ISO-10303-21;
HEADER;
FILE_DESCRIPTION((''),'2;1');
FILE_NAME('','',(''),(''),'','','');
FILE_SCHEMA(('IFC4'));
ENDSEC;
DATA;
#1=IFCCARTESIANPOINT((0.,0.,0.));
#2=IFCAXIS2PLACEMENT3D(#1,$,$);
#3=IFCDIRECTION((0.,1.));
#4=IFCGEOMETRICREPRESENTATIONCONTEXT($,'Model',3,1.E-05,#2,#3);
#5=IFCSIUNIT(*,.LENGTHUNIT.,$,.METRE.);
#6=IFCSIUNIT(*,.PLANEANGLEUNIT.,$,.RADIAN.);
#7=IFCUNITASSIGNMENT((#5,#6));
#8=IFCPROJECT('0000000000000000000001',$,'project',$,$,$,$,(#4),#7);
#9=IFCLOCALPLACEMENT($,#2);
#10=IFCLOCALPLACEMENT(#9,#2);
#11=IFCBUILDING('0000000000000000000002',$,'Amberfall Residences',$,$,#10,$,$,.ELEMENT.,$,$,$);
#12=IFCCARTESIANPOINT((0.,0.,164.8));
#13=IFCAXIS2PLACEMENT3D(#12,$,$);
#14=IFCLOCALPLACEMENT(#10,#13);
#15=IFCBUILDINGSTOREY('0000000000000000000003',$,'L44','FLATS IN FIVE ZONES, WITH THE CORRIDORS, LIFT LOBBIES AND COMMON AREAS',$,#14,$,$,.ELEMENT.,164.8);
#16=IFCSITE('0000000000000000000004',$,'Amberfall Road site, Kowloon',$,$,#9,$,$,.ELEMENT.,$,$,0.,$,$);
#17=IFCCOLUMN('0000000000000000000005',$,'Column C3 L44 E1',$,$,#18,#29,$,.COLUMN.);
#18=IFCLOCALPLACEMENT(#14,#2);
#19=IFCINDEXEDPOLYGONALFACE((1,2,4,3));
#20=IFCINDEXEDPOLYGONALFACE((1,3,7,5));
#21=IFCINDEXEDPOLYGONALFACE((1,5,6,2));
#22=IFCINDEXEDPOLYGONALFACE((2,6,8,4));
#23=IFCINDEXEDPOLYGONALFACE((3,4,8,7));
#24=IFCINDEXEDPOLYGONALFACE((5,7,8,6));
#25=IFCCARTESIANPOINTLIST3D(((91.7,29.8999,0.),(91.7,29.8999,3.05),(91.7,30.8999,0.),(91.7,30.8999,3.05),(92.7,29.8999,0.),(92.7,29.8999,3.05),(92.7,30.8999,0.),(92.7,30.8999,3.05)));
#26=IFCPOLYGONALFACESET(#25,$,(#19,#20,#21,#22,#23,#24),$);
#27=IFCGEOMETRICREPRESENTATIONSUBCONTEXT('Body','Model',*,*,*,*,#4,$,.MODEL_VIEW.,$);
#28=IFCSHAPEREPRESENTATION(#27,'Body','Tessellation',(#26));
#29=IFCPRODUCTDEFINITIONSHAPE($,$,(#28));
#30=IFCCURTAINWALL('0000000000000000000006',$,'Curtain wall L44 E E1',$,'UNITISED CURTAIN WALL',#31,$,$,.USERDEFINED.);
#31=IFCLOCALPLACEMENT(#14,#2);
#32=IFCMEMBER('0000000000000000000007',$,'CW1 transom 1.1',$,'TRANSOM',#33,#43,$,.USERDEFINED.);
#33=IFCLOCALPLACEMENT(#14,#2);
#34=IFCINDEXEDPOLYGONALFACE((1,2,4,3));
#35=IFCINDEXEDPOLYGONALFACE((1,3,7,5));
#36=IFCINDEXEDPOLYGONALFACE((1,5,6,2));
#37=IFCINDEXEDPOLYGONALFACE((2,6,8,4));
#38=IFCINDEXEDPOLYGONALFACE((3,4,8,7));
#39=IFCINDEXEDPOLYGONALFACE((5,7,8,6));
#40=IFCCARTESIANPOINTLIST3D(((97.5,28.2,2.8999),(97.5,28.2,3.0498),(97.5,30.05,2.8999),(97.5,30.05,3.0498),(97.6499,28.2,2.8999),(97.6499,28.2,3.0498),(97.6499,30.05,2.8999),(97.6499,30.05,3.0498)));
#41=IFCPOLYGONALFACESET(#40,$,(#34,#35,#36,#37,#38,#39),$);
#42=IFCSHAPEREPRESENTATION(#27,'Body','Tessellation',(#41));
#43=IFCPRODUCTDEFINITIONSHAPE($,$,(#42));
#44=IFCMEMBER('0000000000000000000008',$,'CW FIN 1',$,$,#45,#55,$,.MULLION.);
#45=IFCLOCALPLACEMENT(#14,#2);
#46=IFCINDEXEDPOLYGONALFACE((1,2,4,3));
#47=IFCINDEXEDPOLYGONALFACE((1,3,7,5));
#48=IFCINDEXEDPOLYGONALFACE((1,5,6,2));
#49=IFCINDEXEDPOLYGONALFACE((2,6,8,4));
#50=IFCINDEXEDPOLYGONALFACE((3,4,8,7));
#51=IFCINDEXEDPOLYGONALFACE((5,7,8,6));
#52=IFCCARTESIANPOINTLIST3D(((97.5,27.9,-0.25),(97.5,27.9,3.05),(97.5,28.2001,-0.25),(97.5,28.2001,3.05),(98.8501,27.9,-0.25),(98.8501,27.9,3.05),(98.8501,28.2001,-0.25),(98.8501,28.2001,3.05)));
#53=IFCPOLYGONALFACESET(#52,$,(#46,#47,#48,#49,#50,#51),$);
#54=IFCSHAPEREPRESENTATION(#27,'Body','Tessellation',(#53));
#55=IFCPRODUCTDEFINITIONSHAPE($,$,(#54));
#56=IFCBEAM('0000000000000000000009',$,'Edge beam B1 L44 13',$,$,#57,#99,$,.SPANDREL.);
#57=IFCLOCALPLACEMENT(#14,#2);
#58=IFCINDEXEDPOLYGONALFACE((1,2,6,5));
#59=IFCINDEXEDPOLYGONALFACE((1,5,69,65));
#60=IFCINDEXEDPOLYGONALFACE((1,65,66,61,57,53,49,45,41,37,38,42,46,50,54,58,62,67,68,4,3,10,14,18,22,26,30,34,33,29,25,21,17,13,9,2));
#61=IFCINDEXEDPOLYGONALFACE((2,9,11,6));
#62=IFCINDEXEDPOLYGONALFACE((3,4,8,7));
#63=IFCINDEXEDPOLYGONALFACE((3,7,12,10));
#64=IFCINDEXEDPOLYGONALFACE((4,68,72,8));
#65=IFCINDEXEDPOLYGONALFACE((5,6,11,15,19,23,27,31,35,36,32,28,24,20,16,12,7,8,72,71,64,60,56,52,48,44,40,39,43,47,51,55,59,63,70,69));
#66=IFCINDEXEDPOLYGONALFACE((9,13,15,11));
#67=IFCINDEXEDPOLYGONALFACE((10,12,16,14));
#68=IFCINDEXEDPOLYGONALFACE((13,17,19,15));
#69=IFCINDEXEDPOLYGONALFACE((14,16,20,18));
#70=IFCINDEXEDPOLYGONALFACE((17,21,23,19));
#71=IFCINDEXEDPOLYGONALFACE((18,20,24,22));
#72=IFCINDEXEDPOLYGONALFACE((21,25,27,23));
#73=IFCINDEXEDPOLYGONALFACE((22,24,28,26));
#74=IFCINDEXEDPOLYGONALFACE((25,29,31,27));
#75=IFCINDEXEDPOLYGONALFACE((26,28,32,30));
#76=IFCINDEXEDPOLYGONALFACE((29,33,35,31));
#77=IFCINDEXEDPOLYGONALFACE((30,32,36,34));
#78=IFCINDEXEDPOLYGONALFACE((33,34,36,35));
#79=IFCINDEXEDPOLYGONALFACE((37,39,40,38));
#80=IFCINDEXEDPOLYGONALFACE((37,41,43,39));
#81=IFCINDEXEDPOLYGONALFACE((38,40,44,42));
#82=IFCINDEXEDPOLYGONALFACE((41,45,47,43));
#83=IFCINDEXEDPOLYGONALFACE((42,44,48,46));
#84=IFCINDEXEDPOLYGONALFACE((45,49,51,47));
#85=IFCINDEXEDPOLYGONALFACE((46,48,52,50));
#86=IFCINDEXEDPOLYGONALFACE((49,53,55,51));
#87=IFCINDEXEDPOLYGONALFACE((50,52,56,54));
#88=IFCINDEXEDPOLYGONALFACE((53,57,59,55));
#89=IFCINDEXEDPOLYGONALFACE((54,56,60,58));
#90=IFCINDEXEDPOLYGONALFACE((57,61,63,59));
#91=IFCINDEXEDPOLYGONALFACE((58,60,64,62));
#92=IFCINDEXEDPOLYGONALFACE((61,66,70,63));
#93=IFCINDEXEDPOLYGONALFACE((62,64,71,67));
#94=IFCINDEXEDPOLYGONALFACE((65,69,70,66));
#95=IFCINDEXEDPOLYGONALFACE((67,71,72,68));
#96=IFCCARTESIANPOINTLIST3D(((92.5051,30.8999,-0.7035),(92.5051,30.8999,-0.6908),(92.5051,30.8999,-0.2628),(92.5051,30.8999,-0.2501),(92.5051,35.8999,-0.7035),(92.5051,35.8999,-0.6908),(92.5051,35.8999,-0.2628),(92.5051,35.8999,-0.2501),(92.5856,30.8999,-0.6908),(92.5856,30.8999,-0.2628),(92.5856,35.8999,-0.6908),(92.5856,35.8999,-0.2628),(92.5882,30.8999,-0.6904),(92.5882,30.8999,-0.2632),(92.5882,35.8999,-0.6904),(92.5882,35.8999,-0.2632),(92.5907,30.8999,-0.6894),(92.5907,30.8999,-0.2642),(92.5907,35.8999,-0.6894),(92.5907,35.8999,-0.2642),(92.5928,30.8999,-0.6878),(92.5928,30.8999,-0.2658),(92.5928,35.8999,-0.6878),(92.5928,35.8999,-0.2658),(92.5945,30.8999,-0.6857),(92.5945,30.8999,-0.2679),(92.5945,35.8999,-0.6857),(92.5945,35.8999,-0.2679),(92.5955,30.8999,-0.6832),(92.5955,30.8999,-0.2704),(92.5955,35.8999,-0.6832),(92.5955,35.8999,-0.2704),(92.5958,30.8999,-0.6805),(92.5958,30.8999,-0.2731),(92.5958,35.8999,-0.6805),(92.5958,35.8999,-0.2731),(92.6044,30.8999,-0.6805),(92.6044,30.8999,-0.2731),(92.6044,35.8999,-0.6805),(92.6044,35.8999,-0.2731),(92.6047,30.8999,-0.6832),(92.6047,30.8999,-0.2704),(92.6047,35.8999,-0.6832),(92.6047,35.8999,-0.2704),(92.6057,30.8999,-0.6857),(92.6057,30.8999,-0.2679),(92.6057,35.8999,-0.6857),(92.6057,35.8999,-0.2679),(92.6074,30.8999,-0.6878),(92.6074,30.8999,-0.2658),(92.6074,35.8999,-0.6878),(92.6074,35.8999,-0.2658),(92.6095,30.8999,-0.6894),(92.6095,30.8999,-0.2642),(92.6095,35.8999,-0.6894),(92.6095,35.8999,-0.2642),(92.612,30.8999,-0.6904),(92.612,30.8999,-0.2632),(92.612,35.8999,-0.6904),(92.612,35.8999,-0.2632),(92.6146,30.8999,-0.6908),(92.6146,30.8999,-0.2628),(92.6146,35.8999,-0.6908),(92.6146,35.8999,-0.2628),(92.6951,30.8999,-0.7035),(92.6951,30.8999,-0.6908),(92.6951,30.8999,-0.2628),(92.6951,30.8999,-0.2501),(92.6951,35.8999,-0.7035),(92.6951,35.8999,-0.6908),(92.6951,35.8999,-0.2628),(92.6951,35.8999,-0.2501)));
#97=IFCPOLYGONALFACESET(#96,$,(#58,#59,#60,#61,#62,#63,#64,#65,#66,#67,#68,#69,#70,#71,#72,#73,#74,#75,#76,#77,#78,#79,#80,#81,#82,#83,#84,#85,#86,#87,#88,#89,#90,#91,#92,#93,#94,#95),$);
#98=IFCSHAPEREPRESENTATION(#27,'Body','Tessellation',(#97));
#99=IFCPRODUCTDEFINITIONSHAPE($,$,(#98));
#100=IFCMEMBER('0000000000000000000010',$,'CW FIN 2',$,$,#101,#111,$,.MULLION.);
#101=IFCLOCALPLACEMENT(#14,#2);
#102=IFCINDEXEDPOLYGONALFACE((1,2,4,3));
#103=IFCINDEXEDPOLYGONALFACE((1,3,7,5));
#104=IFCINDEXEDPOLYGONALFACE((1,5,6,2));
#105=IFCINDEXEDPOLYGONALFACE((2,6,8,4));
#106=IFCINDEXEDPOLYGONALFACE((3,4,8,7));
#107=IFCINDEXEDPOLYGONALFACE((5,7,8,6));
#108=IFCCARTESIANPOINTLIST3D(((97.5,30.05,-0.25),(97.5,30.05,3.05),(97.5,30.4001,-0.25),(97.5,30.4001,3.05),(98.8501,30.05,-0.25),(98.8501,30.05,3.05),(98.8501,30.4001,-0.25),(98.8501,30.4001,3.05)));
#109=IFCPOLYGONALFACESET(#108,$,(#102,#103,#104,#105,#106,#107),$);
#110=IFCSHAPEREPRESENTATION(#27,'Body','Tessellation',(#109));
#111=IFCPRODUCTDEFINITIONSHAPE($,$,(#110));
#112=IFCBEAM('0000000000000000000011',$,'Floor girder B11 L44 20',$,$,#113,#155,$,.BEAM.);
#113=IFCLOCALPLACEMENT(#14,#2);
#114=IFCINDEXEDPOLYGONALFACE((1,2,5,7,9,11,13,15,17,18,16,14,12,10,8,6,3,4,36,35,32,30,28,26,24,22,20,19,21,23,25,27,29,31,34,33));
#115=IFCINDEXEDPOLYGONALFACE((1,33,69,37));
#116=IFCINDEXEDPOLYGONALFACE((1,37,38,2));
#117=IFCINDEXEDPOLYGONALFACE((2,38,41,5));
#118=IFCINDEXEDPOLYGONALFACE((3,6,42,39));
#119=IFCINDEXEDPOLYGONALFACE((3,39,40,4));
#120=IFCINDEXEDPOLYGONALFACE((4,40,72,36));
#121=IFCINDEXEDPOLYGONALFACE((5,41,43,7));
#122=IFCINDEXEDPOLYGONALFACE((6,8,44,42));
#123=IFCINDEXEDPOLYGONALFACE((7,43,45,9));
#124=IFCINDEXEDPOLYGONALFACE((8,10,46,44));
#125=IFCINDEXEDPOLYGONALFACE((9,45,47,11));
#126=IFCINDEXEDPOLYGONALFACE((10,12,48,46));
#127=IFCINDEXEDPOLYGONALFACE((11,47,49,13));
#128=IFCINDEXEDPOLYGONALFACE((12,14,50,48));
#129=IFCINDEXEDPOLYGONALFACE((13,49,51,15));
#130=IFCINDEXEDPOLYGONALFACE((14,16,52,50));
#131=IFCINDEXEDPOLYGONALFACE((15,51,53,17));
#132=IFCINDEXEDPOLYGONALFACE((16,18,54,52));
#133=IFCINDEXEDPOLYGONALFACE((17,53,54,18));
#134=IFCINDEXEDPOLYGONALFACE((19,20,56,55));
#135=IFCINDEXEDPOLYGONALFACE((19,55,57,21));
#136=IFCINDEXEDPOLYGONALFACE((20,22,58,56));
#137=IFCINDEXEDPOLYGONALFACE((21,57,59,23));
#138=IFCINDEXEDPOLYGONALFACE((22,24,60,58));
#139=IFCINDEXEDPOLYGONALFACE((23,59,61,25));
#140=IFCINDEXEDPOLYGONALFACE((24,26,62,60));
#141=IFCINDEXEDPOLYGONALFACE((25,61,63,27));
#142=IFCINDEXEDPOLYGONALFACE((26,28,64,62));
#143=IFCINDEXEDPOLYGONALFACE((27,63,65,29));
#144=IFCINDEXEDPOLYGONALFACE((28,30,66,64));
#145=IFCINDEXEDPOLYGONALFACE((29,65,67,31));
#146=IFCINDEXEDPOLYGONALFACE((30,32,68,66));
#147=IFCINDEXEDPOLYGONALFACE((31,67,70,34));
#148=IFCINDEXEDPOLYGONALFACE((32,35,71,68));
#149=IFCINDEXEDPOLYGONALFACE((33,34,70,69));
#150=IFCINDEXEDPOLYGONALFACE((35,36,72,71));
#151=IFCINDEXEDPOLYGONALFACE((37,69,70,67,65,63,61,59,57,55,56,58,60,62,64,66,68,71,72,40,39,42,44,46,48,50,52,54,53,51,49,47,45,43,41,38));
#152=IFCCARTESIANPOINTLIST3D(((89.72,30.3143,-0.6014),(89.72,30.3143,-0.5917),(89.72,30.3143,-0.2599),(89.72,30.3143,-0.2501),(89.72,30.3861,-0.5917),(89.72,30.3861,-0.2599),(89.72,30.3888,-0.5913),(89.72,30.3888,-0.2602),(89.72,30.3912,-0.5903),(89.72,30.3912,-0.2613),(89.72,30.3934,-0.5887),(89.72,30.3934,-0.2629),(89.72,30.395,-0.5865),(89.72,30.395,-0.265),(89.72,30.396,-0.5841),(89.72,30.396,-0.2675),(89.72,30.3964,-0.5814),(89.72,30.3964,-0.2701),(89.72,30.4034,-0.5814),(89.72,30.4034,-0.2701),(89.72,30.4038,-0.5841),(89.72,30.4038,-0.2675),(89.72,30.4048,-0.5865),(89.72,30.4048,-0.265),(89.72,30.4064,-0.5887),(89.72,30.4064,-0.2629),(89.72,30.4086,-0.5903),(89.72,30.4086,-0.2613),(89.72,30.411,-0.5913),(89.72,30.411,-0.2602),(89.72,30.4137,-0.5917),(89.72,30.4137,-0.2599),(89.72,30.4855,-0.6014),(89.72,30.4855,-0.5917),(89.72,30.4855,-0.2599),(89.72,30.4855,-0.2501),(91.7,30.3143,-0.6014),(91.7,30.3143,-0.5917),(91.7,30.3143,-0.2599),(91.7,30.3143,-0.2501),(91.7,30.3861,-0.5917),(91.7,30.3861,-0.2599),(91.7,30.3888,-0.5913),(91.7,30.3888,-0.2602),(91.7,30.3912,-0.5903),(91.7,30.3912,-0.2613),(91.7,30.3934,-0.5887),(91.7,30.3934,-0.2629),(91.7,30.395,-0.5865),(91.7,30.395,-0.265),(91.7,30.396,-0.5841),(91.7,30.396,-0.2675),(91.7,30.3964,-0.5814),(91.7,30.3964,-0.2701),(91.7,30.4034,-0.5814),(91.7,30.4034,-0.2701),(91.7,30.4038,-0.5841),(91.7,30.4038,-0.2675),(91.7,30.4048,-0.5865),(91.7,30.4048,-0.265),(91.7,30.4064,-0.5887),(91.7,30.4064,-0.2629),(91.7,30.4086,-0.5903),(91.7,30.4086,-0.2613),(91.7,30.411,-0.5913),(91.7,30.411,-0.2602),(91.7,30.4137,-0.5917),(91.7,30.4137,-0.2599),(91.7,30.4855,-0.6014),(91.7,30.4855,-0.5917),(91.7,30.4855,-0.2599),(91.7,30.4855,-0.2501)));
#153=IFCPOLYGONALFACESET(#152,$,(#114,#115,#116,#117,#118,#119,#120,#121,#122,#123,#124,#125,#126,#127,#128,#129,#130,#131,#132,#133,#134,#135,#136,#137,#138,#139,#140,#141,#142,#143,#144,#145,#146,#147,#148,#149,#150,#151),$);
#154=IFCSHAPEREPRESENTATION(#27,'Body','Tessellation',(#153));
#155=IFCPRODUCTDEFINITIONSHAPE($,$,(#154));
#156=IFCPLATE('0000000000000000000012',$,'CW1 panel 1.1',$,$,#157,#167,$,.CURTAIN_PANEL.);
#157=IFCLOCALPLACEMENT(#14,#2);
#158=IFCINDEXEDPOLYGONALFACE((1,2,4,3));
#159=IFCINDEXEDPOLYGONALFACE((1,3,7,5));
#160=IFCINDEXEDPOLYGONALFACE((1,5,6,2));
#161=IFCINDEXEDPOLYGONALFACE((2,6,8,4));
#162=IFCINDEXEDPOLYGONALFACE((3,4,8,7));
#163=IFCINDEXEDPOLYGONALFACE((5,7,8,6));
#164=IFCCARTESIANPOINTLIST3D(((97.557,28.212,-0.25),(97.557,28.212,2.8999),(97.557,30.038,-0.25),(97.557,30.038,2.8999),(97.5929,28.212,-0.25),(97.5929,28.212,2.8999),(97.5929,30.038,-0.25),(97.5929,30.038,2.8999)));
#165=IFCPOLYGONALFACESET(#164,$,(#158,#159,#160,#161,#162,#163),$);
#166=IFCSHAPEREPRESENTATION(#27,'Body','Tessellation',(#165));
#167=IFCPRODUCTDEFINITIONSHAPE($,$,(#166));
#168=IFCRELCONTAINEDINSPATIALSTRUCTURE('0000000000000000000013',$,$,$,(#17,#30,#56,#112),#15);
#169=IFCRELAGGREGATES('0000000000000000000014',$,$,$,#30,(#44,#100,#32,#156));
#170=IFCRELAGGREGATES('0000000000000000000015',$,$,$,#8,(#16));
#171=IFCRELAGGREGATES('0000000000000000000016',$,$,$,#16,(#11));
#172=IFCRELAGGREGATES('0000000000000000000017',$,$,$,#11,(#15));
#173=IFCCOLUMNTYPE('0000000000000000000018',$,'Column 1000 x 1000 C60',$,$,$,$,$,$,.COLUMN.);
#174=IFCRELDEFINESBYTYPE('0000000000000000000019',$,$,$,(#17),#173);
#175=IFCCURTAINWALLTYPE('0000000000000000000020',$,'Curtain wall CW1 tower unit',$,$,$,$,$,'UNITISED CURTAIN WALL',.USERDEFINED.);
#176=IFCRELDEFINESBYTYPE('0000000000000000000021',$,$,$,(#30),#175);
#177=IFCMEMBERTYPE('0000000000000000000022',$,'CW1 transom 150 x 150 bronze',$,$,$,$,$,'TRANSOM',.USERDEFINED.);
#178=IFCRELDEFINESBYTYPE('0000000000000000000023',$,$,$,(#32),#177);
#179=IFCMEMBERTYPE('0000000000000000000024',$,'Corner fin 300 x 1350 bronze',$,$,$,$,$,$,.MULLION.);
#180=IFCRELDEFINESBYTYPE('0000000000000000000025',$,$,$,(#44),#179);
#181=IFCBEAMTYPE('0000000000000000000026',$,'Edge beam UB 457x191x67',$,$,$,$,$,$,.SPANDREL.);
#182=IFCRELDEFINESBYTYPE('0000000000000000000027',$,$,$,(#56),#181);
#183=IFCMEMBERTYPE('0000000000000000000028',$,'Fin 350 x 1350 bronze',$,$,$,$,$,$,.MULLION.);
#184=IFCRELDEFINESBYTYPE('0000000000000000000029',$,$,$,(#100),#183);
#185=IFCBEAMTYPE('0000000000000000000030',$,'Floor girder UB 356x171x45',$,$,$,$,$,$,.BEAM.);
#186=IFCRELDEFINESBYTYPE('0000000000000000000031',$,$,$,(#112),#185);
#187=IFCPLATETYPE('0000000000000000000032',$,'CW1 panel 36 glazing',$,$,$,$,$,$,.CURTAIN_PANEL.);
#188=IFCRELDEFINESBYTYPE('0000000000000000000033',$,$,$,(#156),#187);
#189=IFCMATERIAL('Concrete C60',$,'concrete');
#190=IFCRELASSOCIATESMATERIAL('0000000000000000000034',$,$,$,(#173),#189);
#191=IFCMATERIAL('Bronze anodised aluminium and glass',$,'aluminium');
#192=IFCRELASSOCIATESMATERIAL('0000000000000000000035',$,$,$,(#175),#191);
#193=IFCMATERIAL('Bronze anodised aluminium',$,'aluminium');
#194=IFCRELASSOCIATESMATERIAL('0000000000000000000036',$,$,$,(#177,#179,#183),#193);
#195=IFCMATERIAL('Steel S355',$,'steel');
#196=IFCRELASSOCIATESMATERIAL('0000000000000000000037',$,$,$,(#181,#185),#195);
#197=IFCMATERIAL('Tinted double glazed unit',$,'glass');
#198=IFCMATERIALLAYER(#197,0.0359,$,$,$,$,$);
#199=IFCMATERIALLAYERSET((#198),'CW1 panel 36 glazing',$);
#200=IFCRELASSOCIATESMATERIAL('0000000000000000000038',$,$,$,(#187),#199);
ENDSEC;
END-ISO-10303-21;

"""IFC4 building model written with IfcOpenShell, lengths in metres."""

from ifc_helpers import new_model, si_unit, direction, frame, origin, origin_2d, place, context, subcontext, project, spatial, rectangle, i_section, extrude, material, layer, layer_set, material_profile, profile_set, type_object, element, aggregate, save


model = new_model("IFC4")

# Units and contexts
model_context = context("Model", 3, precision=1e-05, world=origin(), true_north=direction((0.0, 1.0)))
body_context = subcontext(model_context, "Body", "Model", "MODEL_VIEW")
ifc_project = project(units=[si_unit("LENGTHUNIT", "METRE"), si_unit("PLANEANGLEUNIT", "RADIAN")], contexts=[model_context])

# Site, building, storey
site_placement = place(None, origin())
site = spatial("IfcSite", under=ifc_project, at=site_placement, Name="Amberfall Road site, Kowloon", CompositionType="ELEMENT", RefElevation=0.0)
building_placement = place(site_placement, origin())
building = spatial("IfcBuilding", under=site, at=building_placement, Name="Amberfall Residences", CompositionType="ELEMENT")
storey_placement = place(building_placement, frame((0.0, 0.0, 164.8)))
storey = spatial("IfcBuildingStorey", under=building, at=storey_placement, Name="L44", Description="FLATS IN FIVE ZONES, WITH THE CORRIDORS, LIFT LOBBIES AND COMMON AREAS", CompositionType="ELEMENT", Elevation=164.8)

# Column
ifc_material_1 = material(Name="Concrete C60", Category="concrete")
ifc_material_profile_1 = material_profile(ifc_material_1, rectangle(XDim=1.0, YDim=1.0, at=origin_2d()), Name="Column 1000 x 1000 C60")
ifc_profile_set_1 = profile_set([ifc_material_profile_1], Name="Concrete C60")
column_type = type_object("IfcColumnType", Name="Column 1000 x 1000 C60", PredefinedType="COLUMN", material=ifc_profile_set_1)
column_placement = place(storey_placement, frame((92.2, 30.3999, 0.0), z_axis=(0.0, 0.0, 1.0), x_axis=(1.0, 0.0, 0.0)))
element("IfcColumn", 1, at=column_placement, inside=storey, type_object=column_type, Name="Column C3 L44 E1", PredefinedType="COLUMN", context=body_context, shape_type="SweptSolid", body=[
    extrude(rectangle(XDim=1.0, YDim=1.0, at=origin_2d()), origin(), (0.0, 0.0, 1.0), 3.05),
])

# Curtain wall, members
ifc_material_2 = material(Name="Bronze anodised aluminium and glass", Category="aluminium")
curtain_wall_type = type_object("IfcCurtainWallType", Name="Curtain wall CW1 tower unit", ElementType="UNITISED CURTAIN WALL", PredefinedType="USERDEFINED", material=ifc_material_2)
curtain_wall_placement = place(storey_placement, origin())
curtain_wall = element("IfcCurtainWall", 2, at=curtain_wall_placement, inside=storey, type_object=curtain_wall_type, Name="Curtain wall L44 E E1", ObjectType="UNITISED CURTAIN WALL", PredefinedType="USERDEFINED")
ifc_material_3 = material(Name="Bronze anodised aluminium", Category="aluminium")
ifc_material_profile_2 = material_profile(ifc_material_3, rectangle(XDim=0.1499, YDim=0.1499, at=origin_2d()), Name="CW1 transom 150 x 150 bronze")
ifc_profile_set_2 = profile_set([ifc_material_profile_2], Name="Bronze anodised aluminium")
member_type_1 = type_object("IfcMemberType", Name="CW1 transom 150 x 150 bronze", ElementType="TRANSOM", PredefinedType="USERDEFINED", material=ifc_profile_set_2)
member_1_placement = place(storey_placement, frame((97.575, 28.2, 2.9749), z_axis=(0.0, 1.0, 0.0), x_axis=(-1.0, 0.0, 0.0)))
member_1 = element("IfcMember", 3, at=member_1_placement, type_object=member_type_1, Name="CW1 transom 1.1", ObjectType="TRANSOM", PredefinedType="USERDEFINED", context=body_context, shape_type="SweptSolid", body=[
    extrude(rectangle(XDim=0.1499, YDim=0.1499, at=origin_2d()), origin(), (0.0, 0.0, 1.0), 1.8501),
])
ifc_material_profile_3 = material_profile(ifc_material_3, rectangle(XDim=1.3501, YDim=0.3, at=origin_2d()), Name="Corner fin 300 x 1350 bronze")
ifc_profile_set_3 = profile_set([ifc_material_profile_3], Name="Bronze anodised aluminium")
member_type_2 = type_object("IfcMemberType", Name="Corner fin 300 x 1350 bronze", PredefinedType="MULLION", material=ifc_profile_set_3)
member_2_placement = place(storey_placement, frame((98.175, 28.05, -0.25), z_axis=(0.0, 0.0, 1.0), x_axis=(-1.0, 0.0, 0.0)))
member_2 = element("IfcMember", 4, at=member_2_placement, type_object=member_type_2, Name="CW FIN 1", PredefinedType="MULLION", context=body_context, shape_type="SweptSolid", body=[
    extrude(rectangle(XDim=1.3501, YDim=0.3, at=origin_2d()), origin(), (0.0, 0.0, 1.0), 3.3),
])

# Beam
ifc_material_4 = material(Name="Steel S355", Category="steel")
ifc_material_profile_4 = material_profile(ifc_material_4, i_section(OverallWidth=0.1899, OverallDepth=0.4534, WebThickness=0.0085, FlangeThickness=0.0127, FilletRadius=0.0103, at=origin_2d()), Name="UB 457x191x67")
ifc_profile_set_4 = profile_set([ifc_material_profile_4], Name="Steel S355")
beam_type_1 = type_object("IfcBeamType", Name="Edge beam UB 457x191x67", PredefinedType="SPANDREL", material=ifc_profile_set_4)
beam_1_placement = place(storey_placement, frame((92.6001, 30.8999, -0.4768), z_axis=(0.0, 1.0, 0.0), x_axis=(-1.0, 0.0, 0.0)))
element("IfcBeam", 5, at=beam_1_placement, inside=storey, type_object=beam_type_1, Name="Edge beam B1 L44 13", PredefinedType="SPANDREL", context=body_context, shape_type="SweptSolid", body=[
    extrude(i_section(OverallWidth=0.1899, OverallDepth=0.4534, WebThickness=0.0085, FlangeThickness=0.0127, FilletRadius=0.0103, at=origin_2d()), origin(), (0.0, 0.0, 1.0), 5.0),
])

# Member
ifc_material_profile_5 = material_profile(ifc_material_3, rectangle(XDim=1.3501, YDim=0.3501, at=origin_2d()), Name="Fin 350 x 1350 bronze")
ifc_profile_set_5 = profile_set([ifc_material_profile_5], Name="Bronze anodised aluminium")
member_type_3 = type_object("IfcMemberType", Name="Fin 350 x 1350 bronze", PredefinedType="MULLION", material=ifc_profile_set_5)
member_3_placement = place(storey_placement, frame((98.175, 30.2251, -0.25), z_axis=(0.0, 0.0, 1.0), x_axis=(-1.0, 0.0, 0.0)))
member_3 = element("IfcMember", 6, at=member_3_placement, type_object=member_type_3, Name="CW FIN 2", PredefinedType="MULLION", context=body_context, shape_type="SweptSolid", body=[
    extrude(rectangle(XDim=1.3501, YDim=0.3501, at=origin_2d()), origin(), (0.0, 0.0, 1.0), 3.3),
])

# Beam
ifc_material_profile_6 = material_profile(ifc_material_4, i_section(OverallWidth=0.1711, OverallDepth=0.3513, WebThickness=0.0071, FlangeThickness=0.0098, FilletRadius=0.0103, at=origin_2d()), Name="UB 356x171x45")
ifc_profile_set_6 = profile_set([ifc_material_profile_6], Name="Steel S355")
beam_type_2 = type_object("IfcBeamType", Name="Floor girder UB 356x171x45", PredefinedType="BEAM", material=ifc_profile_set_6)
beam_2_placement = place(storey_placement, frame((91.7, 30.3999, -0.4258), z_axis=(-1.0, 0.0, 0.0), x_axis=(0.0, -1.0, 0.0)))
element("IfcBeam", 7, at=beam_2_placement, inside=storey, type_object=beam_type_2, Name="Floor girder B11 L44 20", PredefinedType="BEAM", context=body_context, shape_type="SweptSolid", body=[
    extrude(i_section(OverallWidth=0.1711, OverallDepth=0.3513, WebThickness=0.0071, FlangeThickness=0.0098, FilletRadius=0.0103, at=origin_2d()), origin(), (0.0, 0.0, 1.0), 1.98),
])

# Plate
ifc_material_5 = material(Name="Tinted double glazed unit", Category="glass")
ifc_layer_1 = layer(ifc_material_5, 0.0359)
ifc_layer_set_1 = layer_set([ifc_layer_1], Name="CW1 panel 36 glazing")
plate_type = type_object("IfcPlateType", Name="CW1 panel 36 glazing", PredefinedType="CURTAIN_PANEL", material=ifc_layer_set_1)
plate_placement = place(storey_placement, frame((97.575, 29.125, -0.25), z_axis=(0.0, 0.0, 1.0), x_axis=(0.0, 1.0, 0.0)))
plate = element("IfcPlate", 8, at=plate_placement, type_object=plate_type, Name="CW1 panel 1.1", PredefinedType="CURTAIN_PANEL", context=body_context, shape_type="SweptSolid", body=[
    extrude(rectangle(XDim=1.8259, YDim=0.0359, at=origin_2d()), origin(), (0.0, 0.0, 1.0), 3.1499),
])
aggregate(curtain_wall, [member_2, member_3, member_1, plate])

save(model, "model.ifc")
